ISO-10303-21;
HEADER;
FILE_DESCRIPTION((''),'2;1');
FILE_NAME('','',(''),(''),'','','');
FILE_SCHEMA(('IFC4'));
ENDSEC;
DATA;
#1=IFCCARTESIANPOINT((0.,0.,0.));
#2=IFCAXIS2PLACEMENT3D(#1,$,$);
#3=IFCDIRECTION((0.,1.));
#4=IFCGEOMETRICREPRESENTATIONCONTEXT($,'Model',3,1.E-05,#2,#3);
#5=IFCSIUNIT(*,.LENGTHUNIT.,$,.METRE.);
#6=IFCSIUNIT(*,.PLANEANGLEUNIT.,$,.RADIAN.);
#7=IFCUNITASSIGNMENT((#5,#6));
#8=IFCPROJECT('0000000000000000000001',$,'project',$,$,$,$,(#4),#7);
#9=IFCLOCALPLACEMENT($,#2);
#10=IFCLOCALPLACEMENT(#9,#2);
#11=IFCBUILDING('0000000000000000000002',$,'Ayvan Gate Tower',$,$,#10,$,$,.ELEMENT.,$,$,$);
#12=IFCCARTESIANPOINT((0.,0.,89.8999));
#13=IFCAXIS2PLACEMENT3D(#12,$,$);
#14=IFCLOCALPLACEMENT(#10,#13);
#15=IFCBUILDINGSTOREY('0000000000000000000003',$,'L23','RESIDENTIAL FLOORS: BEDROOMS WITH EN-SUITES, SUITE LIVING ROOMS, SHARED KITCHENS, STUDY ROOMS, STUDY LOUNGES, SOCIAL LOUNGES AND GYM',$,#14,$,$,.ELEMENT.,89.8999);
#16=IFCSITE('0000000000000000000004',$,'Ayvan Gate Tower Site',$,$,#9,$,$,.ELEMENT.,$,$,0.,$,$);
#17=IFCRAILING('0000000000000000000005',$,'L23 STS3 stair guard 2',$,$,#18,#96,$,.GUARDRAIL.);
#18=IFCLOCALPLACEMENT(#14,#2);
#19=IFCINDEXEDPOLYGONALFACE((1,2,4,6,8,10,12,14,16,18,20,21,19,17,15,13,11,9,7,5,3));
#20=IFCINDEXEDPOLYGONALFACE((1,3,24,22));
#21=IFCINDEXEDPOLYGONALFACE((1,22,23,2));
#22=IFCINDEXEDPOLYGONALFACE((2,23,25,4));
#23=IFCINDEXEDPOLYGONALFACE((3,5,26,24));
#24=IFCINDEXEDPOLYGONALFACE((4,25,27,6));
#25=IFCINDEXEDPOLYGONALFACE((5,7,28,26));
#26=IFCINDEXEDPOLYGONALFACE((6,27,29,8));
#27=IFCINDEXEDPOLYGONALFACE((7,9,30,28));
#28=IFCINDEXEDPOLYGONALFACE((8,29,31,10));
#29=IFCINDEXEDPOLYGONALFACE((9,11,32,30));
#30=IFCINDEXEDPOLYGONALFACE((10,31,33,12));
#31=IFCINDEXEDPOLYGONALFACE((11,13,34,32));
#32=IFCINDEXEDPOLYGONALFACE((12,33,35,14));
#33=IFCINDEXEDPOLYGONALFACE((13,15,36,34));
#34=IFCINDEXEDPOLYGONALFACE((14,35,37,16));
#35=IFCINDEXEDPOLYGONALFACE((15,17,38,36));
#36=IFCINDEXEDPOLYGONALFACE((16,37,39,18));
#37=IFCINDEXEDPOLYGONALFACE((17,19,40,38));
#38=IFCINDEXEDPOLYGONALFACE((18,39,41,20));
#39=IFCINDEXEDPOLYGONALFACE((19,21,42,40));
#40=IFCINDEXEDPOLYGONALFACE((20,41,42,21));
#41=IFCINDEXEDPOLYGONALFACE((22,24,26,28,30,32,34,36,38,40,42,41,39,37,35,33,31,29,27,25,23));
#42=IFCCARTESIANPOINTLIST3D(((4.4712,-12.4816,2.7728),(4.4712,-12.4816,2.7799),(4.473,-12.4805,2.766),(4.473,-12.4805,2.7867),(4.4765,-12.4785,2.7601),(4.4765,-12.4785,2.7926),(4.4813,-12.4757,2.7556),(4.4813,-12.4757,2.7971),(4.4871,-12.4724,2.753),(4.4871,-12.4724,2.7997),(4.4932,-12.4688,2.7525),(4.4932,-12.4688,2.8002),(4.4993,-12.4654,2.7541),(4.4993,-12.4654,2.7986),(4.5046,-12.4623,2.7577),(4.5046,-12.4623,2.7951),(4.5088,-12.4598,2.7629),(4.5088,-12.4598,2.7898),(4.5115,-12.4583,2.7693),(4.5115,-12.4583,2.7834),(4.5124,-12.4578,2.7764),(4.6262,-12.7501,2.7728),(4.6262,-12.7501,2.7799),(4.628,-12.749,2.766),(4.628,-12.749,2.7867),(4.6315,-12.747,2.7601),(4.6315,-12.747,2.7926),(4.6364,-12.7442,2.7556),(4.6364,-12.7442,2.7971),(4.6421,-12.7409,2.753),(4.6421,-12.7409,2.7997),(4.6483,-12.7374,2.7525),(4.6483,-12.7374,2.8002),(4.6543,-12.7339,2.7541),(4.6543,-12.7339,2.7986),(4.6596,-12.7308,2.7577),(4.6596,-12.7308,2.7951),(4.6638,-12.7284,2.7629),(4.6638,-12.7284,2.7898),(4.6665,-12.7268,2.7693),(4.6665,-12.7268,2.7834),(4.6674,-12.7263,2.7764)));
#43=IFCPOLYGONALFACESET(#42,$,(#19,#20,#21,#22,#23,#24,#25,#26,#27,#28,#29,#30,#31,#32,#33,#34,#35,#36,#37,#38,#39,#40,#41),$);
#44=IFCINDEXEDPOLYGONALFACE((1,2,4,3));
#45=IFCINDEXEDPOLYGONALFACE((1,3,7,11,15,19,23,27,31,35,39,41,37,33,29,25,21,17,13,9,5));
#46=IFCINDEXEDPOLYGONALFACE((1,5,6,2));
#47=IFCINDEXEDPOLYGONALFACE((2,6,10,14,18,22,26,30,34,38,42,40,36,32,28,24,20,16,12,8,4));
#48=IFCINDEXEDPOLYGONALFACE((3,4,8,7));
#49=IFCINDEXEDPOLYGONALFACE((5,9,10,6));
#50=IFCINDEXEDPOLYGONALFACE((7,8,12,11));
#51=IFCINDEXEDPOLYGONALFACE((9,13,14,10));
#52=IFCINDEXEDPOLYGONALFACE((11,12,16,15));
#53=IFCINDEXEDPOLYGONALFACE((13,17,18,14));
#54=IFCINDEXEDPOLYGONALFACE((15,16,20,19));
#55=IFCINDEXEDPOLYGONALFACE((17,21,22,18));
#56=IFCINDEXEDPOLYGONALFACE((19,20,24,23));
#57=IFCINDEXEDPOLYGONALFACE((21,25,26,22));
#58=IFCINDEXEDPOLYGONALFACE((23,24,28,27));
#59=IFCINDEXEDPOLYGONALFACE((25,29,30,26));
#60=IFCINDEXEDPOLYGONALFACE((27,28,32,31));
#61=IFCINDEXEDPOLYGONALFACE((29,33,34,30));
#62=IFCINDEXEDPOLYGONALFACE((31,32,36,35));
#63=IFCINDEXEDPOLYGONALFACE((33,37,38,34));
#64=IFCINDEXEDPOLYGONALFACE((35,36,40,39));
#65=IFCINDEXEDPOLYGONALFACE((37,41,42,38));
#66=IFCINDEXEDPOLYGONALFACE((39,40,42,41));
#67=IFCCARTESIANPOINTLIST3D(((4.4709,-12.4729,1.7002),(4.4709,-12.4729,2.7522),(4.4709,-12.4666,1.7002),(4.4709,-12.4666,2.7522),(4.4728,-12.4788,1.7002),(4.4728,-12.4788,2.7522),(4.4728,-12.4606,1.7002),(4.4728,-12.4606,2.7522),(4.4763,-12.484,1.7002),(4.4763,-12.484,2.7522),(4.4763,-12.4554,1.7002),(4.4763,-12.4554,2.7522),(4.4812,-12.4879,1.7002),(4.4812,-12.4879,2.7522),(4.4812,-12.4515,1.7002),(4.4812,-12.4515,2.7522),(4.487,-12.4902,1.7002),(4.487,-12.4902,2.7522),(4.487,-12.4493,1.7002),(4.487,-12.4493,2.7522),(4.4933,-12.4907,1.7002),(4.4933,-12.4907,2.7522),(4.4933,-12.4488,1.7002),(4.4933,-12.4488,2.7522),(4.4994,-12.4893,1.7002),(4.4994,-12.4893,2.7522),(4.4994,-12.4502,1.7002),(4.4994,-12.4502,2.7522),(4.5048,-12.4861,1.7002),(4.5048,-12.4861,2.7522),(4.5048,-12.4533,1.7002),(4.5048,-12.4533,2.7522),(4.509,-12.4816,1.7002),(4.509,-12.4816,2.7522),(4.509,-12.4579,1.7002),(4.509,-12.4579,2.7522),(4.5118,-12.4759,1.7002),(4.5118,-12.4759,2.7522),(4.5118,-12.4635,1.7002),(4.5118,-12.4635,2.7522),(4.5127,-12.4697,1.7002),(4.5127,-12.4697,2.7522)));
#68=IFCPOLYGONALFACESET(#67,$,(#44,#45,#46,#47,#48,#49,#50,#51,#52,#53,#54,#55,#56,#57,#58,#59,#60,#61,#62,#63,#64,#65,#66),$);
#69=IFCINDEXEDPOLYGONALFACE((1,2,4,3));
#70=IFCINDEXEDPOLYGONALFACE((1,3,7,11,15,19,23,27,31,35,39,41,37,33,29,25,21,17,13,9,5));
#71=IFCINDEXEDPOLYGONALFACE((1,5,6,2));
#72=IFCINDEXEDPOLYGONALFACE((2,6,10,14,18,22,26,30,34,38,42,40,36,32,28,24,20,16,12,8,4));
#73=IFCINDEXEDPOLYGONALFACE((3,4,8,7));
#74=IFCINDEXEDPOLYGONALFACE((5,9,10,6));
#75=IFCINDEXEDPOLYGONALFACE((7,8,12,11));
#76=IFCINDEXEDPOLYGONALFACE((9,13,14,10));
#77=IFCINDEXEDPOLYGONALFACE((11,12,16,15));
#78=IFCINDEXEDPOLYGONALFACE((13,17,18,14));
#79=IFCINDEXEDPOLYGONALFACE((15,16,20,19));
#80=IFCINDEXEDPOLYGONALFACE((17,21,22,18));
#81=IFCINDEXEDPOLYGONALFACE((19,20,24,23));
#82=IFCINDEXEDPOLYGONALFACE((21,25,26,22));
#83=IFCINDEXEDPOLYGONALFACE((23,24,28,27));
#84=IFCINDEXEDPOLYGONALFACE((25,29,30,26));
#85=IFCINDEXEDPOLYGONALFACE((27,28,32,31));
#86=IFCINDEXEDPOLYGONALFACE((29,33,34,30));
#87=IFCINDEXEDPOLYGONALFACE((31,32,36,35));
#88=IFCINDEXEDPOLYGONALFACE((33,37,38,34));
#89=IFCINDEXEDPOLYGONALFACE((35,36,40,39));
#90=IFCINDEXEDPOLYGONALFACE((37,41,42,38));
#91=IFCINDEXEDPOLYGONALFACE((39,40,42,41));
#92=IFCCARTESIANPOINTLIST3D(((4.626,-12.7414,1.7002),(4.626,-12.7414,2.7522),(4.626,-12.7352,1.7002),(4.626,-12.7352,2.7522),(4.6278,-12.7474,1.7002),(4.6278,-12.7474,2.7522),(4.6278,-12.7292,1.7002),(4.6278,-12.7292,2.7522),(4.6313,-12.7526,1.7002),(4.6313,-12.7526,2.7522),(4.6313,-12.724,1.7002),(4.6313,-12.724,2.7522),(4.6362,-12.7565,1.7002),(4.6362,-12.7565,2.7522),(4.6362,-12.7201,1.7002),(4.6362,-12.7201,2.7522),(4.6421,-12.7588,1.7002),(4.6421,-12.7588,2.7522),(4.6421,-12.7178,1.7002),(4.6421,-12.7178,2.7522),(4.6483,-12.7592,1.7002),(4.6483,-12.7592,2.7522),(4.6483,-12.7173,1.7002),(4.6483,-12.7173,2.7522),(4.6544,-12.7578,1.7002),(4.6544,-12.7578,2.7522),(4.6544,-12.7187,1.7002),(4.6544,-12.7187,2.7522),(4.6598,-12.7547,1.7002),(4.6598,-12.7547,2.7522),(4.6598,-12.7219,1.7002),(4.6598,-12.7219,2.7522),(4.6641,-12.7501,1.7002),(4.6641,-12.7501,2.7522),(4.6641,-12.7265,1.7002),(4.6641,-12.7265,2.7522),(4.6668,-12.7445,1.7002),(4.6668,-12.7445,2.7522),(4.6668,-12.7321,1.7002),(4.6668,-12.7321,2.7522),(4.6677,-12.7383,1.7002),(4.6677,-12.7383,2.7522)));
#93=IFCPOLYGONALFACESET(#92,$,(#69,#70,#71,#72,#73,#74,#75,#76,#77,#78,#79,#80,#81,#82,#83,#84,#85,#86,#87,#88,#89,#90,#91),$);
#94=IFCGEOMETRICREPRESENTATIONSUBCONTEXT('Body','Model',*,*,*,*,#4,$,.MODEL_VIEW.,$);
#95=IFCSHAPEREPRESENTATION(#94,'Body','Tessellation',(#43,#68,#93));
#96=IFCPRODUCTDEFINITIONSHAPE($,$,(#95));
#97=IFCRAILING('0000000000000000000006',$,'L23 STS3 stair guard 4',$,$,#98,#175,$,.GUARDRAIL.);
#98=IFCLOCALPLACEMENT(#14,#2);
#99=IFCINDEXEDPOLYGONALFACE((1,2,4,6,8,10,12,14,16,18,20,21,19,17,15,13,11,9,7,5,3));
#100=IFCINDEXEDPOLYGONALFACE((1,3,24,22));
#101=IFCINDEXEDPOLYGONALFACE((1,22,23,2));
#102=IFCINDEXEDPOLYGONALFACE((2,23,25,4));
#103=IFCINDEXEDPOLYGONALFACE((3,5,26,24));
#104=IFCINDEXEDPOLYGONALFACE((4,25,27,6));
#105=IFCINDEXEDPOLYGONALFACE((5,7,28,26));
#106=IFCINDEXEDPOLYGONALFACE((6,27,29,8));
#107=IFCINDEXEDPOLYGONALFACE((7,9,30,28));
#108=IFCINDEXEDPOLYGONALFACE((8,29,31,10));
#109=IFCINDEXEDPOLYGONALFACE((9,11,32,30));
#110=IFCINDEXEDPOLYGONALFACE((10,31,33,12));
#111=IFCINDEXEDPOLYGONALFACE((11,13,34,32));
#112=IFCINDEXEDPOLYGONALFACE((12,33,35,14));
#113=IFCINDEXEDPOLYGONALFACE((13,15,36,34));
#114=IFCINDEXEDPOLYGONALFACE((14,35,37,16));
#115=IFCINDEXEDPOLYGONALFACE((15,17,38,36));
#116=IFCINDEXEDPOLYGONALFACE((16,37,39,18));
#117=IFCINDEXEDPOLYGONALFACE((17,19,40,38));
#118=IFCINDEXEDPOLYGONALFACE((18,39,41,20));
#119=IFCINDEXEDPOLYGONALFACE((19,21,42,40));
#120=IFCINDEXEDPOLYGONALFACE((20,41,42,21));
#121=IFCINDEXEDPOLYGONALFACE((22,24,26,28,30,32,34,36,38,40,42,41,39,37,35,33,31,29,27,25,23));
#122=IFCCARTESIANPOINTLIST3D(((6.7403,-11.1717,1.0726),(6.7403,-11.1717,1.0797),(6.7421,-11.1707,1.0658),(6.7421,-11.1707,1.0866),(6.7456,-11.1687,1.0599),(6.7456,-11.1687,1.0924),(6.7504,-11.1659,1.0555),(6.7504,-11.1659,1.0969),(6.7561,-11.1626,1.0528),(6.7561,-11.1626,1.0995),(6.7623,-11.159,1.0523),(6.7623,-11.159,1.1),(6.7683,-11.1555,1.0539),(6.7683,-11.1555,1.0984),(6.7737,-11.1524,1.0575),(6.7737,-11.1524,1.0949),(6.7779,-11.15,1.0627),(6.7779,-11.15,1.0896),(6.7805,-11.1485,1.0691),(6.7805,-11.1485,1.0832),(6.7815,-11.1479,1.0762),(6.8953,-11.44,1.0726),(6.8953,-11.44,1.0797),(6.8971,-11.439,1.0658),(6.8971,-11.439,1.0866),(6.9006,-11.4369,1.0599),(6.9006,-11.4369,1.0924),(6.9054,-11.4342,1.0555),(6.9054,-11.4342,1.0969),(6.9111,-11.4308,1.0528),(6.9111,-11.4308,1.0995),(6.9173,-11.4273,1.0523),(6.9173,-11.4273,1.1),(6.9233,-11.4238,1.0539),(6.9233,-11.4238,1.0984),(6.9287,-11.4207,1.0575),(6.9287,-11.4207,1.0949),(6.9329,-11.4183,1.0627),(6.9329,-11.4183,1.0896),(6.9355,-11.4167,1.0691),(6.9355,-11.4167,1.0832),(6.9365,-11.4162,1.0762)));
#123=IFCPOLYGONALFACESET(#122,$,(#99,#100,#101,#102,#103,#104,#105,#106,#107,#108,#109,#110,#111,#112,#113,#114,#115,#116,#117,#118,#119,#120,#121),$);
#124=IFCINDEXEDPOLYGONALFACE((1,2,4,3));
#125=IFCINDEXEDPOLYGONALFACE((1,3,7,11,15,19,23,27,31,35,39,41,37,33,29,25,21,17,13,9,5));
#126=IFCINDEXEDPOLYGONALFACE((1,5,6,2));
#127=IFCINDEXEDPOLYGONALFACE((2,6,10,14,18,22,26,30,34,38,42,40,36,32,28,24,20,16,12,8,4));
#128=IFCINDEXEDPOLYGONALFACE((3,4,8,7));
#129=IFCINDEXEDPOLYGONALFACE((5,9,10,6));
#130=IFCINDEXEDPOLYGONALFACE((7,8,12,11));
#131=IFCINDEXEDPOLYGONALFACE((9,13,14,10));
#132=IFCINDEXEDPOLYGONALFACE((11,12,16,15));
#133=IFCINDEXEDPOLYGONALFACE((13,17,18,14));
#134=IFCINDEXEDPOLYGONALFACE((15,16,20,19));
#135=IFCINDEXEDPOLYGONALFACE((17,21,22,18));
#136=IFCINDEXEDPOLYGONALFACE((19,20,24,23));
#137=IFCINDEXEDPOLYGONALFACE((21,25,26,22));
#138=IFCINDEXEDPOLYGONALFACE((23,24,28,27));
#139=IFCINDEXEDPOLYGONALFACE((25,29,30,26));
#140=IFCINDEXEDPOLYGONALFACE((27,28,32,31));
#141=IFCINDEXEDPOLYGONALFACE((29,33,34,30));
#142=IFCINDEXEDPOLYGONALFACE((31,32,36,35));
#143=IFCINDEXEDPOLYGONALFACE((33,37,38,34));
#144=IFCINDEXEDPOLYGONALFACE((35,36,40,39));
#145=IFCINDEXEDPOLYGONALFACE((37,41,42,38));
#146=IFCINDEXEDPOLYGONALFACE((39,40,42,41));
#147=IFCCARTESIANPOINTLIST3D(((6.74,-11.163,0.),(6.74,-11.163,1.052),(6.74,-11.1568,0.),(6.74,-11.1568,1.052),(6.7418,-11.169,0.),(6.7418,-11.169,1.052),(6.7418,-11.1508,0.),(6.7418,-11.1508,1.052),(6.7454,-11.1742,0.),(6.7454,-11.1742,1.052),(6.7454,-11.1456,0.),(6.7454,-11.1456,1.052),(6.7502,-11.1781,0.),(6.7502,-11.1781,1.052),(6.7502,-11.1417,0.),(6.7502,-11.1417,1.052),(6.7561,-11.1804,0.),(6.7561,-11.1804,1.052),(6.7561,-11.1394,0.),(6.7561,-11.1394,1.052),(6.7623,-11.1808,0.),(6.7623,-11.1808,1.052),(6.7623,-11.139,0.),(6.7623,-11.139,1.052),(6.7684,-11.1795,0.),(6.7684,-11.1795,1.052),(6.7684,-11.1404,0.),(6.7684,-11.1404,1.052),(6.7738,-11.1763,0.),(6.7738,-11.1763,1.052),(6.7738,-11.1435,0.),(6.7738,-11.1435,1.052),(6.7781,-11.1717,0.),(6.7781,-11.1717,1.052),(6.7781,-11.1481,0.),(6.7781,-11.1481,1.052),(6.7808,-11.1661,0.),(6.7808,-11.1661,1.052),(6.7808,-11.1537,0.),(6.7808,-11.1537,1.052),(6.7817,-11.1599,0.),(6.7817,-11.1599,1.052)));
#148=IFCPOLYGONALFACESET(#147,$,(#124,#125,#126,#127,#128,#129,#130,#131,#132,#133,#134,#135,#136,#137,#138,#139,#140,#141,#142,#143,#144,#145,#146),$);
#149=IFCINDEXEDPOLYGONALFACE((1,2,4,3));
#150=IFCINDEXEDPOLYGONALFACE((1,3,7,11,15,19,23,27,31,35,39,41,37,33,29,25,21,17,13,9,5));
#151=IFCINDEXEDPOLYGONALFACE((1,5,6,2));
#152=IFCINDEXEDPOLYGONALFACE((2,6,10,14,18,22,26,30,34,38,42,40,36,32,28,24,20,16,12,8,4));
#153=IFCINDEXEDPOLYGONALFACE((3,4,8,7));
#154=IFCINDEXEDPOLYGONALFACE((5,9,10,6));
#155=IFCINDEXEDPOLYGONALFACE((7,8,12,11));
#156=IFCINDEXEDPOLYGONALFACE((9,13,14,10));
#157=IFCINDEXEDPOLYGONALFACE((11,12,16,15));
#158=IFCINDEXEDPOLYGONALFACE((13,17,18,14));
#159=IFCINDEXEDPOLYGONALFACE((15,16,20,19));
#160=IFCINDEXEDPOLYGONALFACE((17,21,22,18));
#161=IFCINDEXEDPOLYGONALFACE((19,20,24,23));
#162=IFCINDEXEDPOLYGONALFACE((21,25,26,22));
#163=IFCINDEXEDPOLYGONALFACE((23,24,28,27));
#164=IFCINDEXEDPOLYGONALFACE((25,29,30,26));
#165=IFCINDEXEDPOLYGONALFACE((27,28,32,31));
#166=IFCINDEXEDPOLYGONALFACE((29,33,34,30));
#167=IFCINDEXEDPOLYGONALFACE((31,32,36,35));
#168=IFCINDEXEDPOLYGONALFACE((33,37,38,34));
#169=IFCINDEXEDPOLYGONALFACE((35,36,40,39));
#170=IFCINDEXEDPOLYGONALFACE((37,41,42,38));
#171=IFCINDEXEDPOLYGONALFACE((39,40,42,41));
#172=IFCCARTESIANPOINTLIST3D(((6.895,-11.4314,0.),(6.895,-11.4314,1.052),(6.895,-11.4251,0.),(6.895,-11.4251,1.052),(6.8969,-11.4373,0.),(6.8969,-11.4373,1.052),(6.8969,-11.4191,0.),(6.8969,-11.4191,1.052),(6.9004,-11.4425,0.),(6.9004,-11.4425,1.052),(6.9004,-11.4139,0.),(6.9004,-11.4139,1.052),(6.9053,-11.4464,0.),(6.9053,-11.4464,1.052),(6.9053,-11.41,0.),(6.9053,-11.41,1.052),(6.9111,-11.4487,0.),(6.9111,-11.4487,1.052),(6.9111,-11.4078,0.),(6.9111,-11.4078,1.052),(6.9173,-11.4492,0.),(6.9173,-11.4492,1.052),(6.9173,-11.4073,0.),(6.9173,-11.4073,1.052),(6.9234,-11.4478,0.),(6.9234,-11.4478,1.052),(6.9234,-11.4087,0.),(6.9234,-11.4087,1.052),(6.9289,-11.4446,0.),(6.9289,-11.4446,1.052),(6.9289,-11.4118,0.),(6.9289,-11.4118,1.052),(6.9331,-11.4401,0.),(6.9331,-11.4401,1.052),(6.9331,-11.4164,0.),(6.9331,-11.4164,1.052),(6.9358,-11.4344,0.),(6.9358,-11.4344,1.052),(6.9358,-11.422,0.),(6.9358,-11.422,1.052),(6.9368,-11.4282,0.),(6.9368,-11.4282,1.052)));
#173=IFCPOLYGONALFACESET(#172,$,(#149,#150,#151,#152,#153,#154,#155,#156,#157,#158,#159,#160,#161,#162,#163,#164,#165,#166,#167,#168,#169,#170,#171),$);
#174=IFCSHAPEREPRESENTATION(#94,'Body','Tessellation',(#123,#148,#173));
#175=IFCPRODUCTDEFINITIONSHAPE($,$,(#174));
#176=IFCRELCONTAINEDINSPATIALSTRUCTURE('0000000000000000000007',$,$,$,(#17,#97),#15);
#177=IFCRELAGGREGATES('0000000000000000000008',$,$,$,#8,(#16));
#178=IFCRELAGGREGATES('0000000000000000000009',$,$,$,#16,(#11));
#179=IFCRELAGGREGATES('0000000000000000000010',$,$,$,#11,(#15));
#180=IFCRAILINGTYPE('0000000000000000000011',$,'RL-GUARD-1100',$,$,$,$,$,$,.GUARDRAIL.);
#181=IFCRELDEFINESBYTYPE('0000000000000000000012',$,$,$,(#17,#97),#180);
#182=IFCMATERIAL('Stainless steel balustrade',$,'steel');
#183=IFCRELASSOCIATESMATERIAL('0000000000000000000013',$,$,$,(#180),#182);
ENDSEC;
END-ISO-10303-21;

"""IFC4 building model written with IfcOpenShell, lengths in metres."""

from ifc_helpers import new_model, si_unit, direction, frame, origin, origin_2d, place, context, subcontext, project, spatial, circle, extrude, material, type_object, element, save


model = new_model("IFC4")

# Units and contexts
model_context = context("Model", 3, precision=1e-05, world=origin(), true_north=direction((0.0, 1.0)))
body_context = subcontext(model_context, "Body", "Model", "MODEL_VIEW")
ifc_project = project(units=[si_unit("LENGTHUNIT", "METRE"), si_unit("PLANEANGLEUNIT", "RADIAN")], contexts=[model_context])

# Site, building, storey
site_placement = place(None, origin())
site = spatial("IfcSite", under=ifc_project, at=site_placement, Name="Ayvan Gate Tower Site", CompositionType="ELEMENT", RefElevation=0.0)
building_placement = place(site_placement, origin())
building = spatial("IfcBuilding", under=site, at=building_placement, Name="Ayvan Gate Tower", CompositionType="ELEMENT")
storey_placement = place(building_placement, frame((0.0, 0.0, 89.8999)))
storey = spatial("IfcBuildingStorey", under=building, at=storey_placement, Name="L23", Description="RESIDENTIAL FLOORS: BEDROOMS WITH EN-SUITES, SUITE LIVING ROOMS, SHARED KITCHENS, STUDY ROOMS, STUDY LOUNGES, SOCIAL LOUNGES AND GYM", CompositionType="ELEMENT", Elevation=89.8999)

# Railings
ifc_material_1 = material(Name="Stainless steel balustrade", Category="steel")
railing_type_1 = type_object("IfcRailingType", Name="RL-GUARD-1100", PredefinedType="GUARDRAIL", material=ifc_material_1)
railing_1_placement = place(storey_placement, frame((4.4917, -12.4697, 1.7002)))
element("IfcRailing", 1, at=railing_1_placement, inside=storey, type_object=railing_type_1, Name="L23 STS3 stair guard 2", PredefinedType="GUARDRAIL", context=body_context, shape_type="SweptSolid", body=[
    extrude(circle(Radius=0.0239, at=origin_2d()), frame((0.0, 0.0, 1.0762), z_axis=(0.49995, -0.866054, 0.0), x_axis=(0.866054, 0.49995, 0.0)), (0.0, 0.0, 1.0), 0.3101),
    extrude(circle(Radius=0.021, at=origin_2d()), origin(), (0.0, 0.0, 1.0), 1.052),
    extrude(circle(Radius=0.021, at=origin_2d()), frame((0.155, -0.2686, 0.0)), (0.0, 0.0, 1.0), 1.052),
])
railing_2_placement = place(storey_placement, frame((6.7607, -11.1599, 0.0)))
element("IfcRailing", 2, at=railing_2_placement, inside=storey, type_object=railing_type_1, Name="L23 STS3 stair guard 4", PredefinedType="GUARDRAIL", context=body_context, shape_type="SweptSolid", body=[
    extrude(circle(Radius=0.0239, at=origin_2d()), frame((0.0, 0.0, 1.0762), z_axis=(0.500291, -0.865857, 0.0), x_axis=(0.865857, 0.500291, 0.0)), (0.0, 0.0, 1.0), 0.3098),
    extrude(circle(Radius=0.021, at=origin_2d()), origin(), (0.0, 0.0, 1.0), 1.052),
    extrude(circle(Radius=0.021, at=origin_2d()), frame((0.155, -0.2683, 0.0)), (0.0, 0.0, 1.0), 1.052),
])

save(model, "model.ifc")
